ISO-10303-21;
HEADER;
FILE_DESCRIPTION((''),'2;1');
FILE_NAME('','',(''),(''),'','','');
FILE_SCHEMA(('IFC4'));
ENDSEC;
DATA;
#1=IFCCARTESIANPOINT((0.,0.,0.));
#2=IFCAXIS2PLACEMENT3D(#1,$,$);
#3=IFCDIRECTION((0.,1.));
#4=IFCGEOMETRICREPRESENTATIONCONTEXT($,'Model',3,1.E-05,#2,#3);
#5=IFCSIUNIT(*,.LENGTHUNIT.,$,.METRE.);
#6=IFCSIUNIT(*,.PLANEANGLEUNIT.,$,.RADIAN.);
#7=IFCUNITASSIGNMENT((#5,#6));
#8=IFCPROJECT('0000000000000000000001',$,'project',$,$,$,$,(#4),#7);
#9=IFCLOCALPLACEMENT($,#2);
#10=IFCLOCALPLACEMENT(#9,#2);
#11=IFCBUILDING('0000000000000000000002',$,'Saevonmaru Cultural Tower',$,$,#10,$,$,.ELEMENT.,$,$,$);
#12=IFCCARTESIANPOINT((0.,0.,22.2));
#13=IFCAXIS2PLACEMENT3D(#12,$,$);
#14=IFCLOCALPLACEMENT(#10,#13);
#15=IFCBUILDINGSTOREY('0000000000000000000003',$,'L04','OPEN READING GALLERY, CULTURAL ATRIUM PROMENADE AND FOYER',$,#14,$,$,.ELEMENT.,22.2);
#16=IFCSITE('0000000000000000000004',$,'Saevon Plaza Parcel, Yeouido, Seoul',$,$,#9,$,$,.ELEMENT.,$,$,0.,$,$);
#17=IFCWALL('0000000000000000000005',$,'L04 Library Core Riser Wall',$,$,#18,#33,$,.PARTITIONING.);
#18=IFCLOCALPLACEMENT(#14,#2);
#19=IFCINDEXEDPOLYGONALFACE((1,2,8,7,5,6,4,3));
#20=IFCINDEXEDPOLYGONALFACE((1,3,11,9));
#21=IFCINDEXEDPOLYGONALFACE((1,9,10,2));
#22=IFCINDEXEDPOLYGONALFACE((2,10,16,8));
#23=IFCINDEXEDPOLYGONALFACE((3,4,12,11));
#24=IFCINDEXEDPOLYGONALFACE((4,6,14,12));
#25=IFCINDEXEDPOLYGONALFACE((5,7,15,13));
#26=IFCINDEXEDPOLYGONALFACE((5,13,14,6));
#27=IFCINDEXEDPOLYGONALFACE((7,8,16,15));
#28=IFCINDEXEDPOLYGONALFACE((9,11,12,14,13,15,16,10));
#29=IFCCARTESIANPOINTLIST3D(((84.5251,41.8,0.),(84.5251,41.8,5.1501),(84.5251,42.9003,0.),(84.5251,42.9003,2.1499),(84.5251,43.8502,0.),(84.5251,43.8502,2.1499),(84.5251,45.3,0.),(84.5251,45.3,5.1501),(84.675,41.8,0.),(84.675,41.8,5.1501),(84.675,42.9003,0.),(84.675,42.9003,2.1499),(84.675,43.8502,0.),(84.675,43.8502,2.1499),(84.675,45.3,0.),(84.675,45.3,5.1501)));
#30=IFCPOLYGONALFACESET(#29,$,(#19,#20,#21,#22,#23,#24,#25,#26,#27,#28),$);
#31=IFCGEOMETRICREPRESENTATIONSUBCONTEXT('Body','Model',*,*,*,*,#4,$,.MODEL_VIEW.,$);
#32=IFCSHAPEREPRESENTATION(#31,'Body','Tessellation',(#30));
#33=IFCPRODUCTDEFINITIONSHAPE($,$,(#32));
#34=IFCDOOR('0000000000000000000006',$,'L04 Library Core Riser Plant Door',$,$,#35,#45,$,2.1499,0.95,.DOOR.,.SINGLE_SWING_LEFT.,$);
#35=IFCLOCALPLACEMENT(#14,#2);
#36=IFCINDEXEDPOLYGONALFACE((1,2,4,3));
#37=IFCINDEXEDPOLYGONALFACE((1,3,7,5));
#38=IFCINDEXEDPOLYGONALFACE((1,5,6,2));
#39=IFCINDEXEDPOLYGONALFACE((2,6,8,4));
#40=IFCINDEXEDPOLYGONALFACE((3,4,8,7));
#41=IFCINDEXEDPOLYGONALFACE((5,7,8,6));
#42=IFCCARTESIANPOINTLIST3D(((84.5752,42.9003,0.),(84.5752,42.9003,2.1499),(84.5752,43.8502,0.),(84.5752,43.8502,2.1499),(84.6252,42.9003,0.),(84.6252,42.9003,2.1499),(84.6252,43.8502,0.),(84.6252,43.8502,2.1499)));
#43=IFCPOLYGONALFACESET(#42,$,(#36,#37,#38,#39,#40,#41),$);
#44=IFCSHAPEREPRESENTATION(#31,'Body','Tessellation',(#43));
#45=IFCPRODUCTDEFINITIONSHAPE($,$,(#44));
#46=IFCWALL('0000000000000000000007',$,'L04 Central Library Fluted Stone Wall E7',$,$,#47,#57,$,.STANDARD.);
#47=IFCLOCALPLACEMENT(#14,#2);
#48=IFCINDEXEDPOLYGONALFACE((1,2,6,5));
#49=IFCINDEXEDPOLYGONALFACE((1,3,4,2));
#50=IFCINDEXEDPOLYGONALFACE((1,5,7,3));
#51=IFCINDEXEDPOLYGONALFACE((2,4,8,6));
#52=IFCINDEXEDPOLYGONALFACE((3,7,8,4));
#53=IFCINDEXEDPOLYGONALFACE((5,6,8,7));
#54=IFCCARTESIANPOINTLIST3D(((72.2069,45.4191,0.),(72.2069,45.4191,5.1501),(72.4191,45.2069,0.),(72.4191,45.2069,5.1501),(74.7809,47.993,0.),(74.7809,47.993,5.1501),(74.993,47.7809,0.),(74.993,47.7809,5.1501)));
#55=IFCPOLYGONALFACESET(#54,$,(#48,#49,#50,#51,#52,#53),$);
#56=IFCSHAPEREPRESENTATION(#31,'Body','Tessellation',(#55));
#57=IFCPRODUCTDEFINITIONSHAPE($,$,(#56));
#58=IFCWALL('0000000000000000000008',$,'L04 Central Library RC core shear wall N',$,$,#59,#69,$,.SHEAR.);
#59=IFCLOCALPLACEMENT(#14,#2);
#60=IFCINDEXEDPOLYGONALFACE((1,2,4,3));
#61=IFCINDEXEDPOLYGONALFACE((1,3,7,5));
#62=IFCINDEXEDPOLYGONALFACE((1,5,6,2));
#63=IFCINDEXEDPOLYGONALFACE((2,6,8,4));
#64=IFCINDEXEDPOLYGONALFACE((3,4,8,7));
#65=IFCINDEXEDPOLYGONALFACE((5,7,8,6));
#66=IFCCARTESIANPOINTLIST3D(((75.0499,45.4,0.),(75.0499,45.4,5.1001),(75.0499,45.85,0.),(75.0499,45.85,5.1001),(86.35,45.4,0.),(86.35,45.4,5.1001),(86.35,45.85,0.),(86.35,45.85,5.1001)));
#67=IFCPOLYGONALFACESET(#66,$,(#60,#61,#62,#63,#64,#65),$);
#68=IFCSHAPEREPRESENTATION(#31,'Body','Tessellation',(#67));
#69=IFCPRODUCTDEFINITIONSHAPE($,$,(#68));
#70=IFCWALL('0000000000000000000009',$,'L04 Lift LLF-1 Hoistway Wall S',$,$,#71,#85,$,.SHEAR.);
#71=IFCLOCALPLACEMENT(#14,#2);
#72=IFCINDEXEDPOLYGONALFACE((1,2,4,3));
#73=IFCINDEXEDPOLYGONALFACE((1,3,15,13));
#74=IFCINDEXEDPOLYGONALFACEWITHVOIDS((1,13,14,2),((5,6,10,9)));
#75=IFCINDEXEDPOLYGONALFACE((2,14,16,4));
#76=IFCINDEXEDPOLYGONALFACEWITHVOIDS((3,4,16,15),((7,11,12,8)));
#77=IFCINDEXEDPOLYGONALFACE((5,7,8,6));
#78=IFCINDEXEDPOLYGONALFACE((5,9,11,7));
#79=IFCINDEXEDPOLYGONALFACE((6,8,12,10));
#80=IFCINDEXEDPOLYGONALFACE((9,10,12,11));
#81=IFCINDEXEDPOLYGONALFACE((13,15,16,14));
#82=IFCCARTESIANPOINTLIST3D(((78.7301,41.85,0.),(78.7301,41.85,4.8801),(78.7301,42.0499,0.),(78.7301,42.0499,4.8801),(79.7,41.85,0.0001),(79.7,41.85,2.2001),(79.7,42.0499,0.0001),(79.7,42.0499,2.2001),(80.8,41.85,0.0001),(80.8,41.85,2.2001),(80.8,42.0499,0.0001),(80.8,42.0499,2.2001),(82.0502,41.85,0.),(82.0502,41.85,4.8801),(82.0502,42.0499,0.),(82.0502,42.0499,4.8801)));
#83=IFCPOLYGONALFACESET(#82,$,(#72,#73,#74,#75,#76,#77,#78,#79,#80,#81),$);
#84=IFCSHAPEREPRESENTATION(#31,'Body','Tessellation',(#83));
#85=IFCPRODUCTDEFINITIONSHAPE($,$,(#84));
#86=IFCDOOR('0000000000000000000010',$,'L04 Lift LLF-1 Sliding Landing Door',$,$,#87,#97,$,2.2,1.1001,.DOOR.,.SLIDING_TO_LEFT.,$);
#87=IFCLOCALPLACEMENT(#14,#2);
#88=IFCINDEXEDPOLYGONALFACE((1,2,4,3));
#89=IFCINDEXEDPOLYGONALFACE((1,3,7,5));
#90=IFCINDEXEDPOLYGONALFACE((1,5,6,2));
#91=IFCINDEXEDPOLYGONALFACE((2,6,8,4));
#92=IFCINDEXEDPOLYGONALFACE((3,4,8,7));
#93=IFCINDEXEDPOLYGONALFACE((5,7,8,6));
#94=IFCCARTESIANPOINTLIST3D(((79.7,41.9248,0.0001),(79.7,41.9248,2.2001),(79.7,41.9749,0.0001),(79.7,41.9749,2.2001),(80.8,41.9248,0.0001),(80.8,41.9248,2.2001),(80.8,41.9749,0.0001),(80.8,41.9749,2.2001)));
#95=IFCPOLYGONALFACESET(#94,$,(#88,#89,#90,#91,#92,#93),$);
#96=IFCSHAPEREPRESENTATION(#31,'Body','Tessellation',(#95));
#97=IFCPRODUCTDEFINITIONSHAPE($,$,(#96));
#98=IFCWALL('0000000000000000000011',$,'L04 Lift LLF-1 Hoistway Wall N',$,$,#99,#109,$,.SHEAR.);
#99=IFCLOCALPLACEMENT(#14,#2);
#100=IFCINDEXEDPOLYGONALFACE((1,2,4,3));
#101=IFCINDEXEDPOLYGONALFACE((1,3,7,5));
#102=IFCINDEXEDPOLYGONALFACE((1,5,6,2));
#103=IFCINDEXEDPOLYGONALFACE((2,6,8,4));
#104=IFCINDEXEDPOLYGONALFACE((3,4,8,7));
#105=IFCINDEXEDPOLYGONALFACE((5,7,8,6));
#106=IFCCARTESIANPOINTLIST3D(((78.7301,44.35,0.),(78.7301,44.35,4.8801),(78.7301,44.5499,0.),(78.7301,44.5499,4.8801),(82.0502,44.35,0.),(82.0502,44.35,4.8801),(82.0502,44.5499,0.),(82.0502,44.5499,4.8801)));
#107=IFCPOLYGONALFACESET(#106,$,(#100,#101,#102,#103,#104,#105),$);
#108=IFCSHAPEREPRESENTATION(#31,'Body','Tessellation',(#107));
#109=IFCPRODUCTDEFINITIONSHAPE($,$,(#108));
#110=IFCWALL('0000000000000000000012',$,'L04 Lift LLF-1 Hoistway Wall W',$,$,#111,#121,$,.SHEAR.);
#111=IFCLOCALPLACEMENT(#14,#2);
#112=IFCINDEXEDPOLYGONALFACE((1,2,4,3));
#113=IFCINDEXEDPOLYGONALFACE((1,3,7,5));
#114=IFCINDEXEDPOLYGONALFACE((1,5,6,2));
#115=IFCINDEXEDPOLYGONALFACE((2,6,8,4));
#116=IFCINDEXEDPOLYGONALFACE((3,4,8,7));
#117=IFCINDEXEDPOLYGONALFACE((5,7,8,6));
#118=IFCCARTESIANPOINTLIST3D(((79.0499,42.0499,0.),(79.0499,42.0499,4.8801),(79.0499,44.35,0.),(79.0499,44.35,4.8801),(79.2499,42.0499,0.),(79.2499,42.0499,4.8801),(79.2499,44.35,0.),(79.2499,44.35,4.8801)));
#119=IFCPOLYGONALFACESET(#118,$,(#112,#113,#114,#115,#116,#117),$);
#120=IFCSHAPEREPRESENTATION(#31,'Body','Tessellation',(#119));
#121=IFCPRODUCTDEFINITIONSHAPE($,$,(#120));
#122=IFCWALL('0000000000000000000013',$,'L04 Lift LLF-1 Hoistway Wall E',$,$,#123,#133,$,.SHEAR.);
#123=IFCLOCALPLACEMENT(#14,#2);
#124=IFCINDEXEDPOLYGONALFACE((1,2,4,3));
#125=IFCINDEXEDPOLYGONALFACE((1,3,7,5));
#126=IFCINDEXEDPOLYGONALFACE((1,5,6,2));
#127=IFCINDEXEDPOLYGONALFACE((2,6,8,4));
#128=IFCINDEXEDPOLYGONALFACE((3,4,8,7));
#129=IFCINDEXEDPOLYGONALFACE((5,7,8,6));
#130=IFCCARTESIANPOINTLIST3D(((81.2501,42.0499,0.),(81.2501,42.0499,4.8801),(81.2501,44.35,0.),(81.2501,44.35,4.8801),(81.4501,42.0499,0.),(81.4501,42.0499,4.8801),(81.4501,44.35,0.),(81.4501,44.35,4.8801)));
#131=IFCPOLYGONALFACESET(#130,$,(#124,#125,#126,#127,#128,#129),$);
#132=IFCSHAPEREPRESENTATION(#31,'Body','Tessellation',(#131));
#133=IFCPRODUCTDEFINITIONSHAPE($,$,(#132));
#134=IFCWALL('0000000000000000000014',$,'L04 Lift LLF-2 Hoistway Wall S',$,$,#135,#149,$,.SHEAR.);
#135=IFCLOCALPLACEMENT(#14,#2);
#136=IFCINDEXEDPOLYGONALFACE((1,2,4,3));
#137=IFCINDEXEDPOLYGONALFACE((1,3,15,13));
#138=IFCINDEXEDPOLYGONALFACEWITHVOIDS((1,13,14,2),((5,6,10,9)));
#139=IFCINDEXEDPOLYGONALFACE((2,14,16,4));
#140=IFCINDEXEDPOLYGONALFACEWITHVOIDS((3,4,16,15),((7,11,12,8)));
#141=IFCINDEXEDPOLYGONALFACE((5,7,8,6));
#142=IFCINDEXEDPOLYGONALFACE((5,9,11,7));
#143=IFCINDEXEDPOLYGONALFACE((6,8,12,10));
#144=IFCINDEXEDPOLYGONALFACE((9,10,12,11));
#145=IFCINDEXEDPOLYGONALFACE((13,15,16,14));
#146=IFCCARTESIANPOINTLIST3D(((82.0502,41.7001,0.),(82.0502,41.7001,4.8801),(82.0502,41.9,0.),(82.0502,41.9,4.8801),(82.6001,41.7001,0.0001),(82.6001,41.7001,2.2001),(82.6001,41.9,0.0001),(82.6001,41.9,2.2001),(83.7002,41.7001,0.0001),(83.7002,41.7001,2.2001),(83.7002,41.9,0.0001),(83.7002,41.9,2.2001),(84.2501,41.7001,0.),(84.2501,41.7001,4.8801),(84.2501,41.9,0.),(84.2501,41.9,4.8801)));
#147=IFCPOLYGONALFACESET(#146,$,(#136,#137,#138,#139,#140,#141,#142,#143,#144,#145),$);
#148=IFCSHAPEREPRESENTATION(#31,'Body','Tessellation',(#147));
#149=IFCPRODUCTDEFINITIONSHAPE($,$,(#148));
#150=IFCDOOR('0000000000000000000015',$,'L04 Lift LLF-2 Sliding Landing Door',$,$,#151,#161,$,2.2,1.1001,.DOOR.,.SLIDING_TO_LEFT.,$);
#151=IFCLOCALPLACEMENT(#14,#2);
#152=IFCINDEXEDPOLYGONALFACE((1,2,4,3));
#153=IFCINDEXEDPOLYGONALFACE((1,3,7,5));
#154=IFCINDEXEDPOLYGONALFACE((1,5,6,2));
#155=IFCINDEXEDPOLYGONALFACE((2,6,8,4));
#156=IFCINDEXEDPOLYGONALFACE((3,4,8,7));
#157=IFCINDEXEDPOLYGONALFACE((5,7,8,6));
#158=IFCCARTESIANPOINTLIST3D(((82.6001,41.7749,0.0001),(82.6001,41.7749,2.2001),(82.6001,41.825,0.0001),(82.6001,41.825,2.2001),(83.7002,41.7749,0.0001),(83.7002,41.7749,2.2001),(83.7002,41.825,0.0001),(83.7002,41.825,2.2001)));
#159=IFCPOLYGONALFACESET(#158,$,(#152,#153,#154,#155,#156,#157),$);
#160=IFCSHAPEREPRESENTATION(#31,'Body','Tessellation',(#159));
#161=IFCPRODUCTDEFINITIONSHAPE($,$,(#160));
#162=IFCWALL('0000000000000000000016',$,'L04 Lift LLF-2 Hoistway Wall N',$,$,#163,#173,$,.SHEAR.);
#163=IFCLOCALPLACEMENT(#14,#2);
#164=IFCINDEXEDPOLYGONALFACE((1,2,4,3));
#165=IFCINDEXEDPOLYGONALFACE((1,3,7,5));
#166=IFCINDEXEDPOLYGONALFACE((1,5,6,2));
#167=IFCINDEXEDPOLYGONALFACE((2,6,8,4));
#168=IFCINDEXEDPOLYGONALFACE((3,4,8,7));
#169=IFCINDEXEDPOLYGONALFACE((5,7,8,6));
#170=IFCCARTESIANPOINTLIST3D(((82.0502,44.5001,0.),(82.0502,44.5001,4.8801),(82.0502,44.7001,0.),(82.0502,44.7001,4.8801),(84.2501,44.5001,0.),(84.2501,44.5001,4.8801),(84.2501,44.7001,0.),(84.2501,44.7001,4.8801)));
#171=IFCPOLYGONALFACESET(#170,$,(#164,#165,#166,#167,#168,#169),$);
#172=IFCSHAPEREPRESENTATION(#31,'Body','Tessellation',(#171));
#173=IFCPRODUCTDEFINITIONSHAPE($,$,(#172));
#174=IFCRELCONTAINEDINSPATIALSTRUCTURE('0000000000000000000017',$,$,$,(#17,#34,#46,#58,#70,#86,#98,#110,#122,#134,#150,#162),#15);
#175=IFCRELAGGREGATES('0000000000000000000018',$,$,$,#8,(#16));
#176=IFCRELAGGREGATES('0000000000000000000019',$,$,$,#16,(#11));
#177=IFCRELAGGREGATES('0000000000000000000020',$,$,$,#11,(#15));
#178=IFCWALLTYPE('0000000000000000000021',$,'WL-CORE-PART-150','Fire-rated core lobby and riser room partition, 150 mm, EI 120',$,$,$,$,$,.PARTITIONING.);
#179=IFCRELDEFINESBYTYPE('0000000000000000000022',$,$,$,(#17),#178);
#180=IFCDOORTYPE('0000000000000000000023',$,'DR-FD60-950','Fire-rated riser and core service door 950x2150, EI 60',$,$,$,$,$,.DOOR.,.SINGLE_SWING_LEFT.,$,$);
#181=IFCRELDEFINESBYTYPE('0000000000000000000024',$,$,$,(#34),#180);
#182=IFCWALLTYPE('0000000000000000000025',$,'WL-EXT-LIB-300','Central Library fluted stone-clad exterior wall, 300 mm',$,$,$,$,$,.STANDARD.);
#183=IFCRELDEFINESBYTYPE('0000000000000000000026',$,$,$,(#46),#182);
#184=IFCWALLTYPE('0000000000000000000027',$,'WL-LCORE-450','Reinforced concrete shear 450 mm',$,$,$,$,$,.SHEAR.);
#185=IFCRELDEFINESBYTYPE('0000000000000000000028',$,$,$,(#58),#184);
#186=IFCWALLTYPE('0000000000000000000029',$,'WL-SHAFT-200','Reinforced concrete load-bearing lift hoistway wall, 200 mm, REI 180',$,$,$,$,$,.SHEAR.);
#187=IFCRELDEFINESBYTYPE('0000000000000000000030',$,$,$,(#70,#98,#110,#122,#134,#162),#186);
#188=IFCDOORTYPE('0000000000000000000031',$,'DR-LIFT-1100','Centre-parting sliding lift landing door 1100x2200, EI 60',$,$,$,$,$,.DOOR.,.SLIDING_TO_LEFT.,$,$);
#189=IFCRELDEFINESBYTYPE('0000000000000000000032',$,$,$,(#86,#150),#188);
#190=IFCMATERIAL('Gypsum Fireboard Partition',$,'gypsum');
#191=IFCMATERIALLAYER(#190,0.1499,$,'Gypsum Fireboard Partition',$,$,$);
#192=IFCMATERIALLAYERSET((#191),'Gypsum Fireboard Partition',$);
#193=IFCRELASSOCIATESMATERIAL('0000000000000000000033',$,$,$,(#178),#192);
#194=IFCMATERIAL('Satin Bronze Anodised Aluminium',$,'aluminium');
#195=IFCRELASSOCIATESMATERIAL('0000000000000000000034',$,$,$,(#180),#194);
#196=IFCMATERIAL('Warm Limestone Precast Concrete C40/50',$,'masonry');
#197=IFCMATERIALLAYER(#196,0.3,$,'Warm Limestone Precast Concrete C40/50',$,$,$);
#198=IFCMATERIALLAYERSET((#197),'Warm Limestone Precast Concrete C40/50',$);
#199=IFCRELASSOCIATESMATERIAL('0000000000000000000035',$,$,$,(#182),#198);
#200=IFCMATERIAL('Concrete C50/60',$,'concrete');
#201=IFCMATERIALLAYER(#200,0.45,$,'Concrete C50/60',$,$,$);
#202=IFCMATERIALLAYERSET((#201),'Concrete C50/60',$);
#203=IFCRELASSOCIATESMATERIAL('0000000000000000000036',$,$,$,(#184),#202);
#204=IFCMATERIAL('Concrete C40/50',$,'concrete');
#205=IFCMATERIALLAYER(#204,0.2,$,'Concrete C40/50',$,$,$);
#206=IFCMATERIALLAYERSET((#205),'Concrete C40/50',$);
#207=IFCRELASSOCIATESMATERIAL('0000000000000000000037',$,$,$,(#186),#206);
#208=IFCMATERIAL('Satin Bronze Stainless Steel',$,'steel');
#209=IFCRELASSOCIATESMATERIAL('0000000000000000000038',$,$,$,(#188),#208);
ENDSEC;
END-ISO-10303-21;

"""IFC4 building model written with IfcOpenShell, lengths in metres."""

from ifc_helpers import new_model, si_unit, direction, frame, frame_2d, origin, place, context, subcontext, project, spatial, rectangle, extrude, material, layer, layer_set, type_object, element, fill, save


model = new_model("IFC4")

# Units and contexts
model_context = context("Model", 3, precision=1e-05, world=origin(), true_north=direction((0.0, 1.0)))
body_context = subcontext(model_context, "Body", "Model", "MODEL_VIEW")
ifc_project = project(units=[si_unit("LENGTHUNIT", "METRE"), si_unit("PLANEANGLEUNIT", "RADIAN")], contexts=[model_context])

# Site, building, storey
site_placement = place(None, origin())
site = spatial("IfcSite", under=ifc_project, at=site_placement, Name="Saevon Plaza Parcel, Yeouido, Seoul", CompositionType="ELEMENT", RefElevation=0.0)
building_placement = place(site_placement, origin())
building = spatial("IfcBuilding", under=site, at=building_placement, Name="Saevonmaru Cultural Tower", CompositionType="ELEMENT")
storey_placement = place(building_placement, frame((0.0, 0.0, 22.2)))
storey = spatial("IfcBuildingStorey", under=building, at=storey_placement, Name="L04", Description="OPEN READING GALLERY, CULTURAL ATRIUM PROMENADE AND FOYER", CompositionType="ELEMENT", Elevation=22.2)

# Wall, opening, door
ifc_material_1 = material(Name="Gypsum Fireboard Partition", Category="gypsum")
ifc_layer_1 = layer(ifc_material_1, 0.1499, Name="Gypsum Fireboard Partition")
ifc_layer_set_1 = layer_set([ifc_layer_1], Name="Gypsum Fireboard Partition")
wall_type_1 = type_object("IfcWallType", Name="WL-CORE-PART-150", Description="Fire-rated core lobby and riser room partition, 150 mm, EI 120", PredefinedType="PARTITIONING", material=ifc_layer_set_1)
wall_1_placement = place(storey_placement, frame((84.6001, 41.8, 0.0), z_axis=(0.0, 0.0, 1.0), x_axis=(0.0, 1.0, 0.0)))
wall_1 = element("IfcWall", 1, at=wall_1_placement, inside=storey, type_object=wall_type_1, Name="L04 Library Core Riser Wall", PredefinedType="PARTITIONING", context=body_context, shape_type="SweptSolid", body=[
    extrude(rectangle(XDim=3.5, YDim=0.1499, at=frame_2d((1.75, 0.0))), origin(), (0.0, 0.0, 1.0), 5.1501),
])
opening_1_placement = place(wall_1_placement, frame((1.1001, 0.0, 0.0)))
opening_1 = element("IfcOpeningElement", 2, at=opening_1_placement, cuts=wall_1, PredefinedType="OPENING", context=body_context, shape_type="SweptSolid", body=[
    extrude(rectangle(XDim=0.95, YDim=2.1499, at=frame_2d((0.4751, 1.075))), frame((0.0, 0.085, 0.0), z_axis=(0.0, -1.0, 0.0), x_axis=(1.0, 0.0, 0.0)), (0.0, 0.0, 1.0), 0.1699),
])
ifc_material_2 = material(Name="Satin Bronze Anodised Aluminium", Category="aluminium")
door_type_1 = type_object("IfcDoorType", Name="DR-FD60-950", Description="Fire-rated riser and core service door 950x2150, EI 60", OperationType="SINGLE_SWING_LEFT", PredefinedType="DOOR", material=ifc_material_2)
door_1_placement = place(opening_1_placement, origin())
door_1 = element("IfcDoor", 3, at=door_1_placement, inside=storey, type_object=door_type_1, Name="L04 Library Core Riser Plant Door", OperationType="SINGLE_SWING_LEFT", OverallHeight=2.1499, OverallWidth=0.95, PredefinedType="DOOR", context=body_context, shape_type="SweptSolid", body=[
    extrude(rectangle(XDim=0.95, YDim=2.1499, at=frame_2d((0.4751, 1.075))), frame((0.0, 0.0249, 0.0), z_axis=(0.0, -1.0, 0.0), x_axis=(1.0, 0.0, 0.0)), (0.0, 0.0, 1.0), 0.05),
])
fill(opening_1, door_1)

# Walls
ifc_material_3 = material(Name="Warm Limestone Precast Concrete C40/50", Category="masonry")
ifc_layer_2 = layer(ifc_material_3, 0.3, Name="Warm Limestone Precast Concrete C40/50")
ifc_layer_set_2 = layer_set([ifc_layer_2], Name="Warm Limestone Precast Concrete C40/50")
wall_type_2 = type_object("IfcWallType", Name="WL-EXT-LIB-300", Description="Central Library fluted stone-clad exterior wall, 300 mm", PredefinedType="STANDARD", material=ifc_layer_set_2)
wall_2_placement = place(storey_placement, frame((74.887, 47.887, 0.0), z_axis=(0.0, 0.0, 1.0), x_axis=(-0.707107, -0.707107, 0.0)))
element("IfcWall", 4, at=wall_2_placement, inside=storey, type_object=wall_type_2, Name="L04 Central Library Fluted Stone Wall E7", PredefinedType="STANDARD", context=body_context, shape_type="SweptSolid", body=[
    extrude(rectangle(XDim=3.6401, YDim=0.3, at=frame_2d((1.8201, 0.0))), origin(), (0.0, 0.0, 1.0), 5.1501),
])
ifc_material_4 = material(Name="Concrete C50/60", Category="concrete")
ifc_layer_3 = layer(ifc_material_4, 0.45, Name="Concrete C50/60")
ifc_layer_set_3 = layer_set([ifc_layer_3], Name="Concrete C50/60")
wall_type_3 = type_object("IfcWallType", Name="WL-LCORE-450", Description="Reinforced concrete shear 450 mm", PredefinedType="SHEAR", material=ifc_layer_set_3)
wall_3_placement = place(storey_placement, frame((75.05, 45.625, 0.0), z_axis=(0.0, 0.0, 1.0), x_axis=(1.0, 0.0, 0.0)))
element("IfcWall", 5, at=wall_3_placement, inside=storey, type_object=wall_type_3, Name="L04 Central Library RC core shear wall N", PredefinedType="SHEAR", context=body_context, shape_type="SweptSolid", body=[
    extrude(rectangle(XDim=11.3, YDim=0.45, at=frame_2d((5.6499, 0.0))), origin(), (0.0, 0.0, 1.0), 5.1001),
])

# Wall, opening, door
ifc_material_5 = material(Name="Concrete C40/50", Category="concrete")
ifc_layer_4 = layer(ifc_material_5, 0.2, Name="Concrete C40/50")
ifc_layer_set_4 = layer_set([ifc_layer_4], Name="Concrete C40/50")
wall_type_4 = type_object("IfcWallType", Name="WL-SHAFT-200", Description="Reinforced concrete load-bearing lift hoistway wall, 200 mm, REI 180", PredefinedType="SHEAR", material=ifc_layer_set_4)
wall_4_placement = place(storey_placement, frame((78.73, 41.95, 0.0), z_axis=(0.0, 0.0, 1.0), x_axis=(1.0, 0.0, 0.0)))
wall_4 = element("IfcWall", 6, at=wall_4_placement, inside=storey, type_object=wall_type_4, Name="L04 Lift LLF-1 Hoistway Wall S", PredefinedType="SHEAR", context=body_context, shape_type="SweptSolid", body=[
    extrude(rectangle(XDim=3.3201, YDim=0.2, at=frame_2d((1.6602, 0.0))), origin(), (0.0, 0.0, 1.0), 4.8801),
])
opening_2_placement = place(wall_4_placement, frame((0.97, 0.0, 0.0)))
opening_2 = element("IfcOpeningElement", 7, at=opening_2_placement, cuts=wall_4, PredefinedType="OPENING", context=body_context, shape_type="SweptSolid", body=[
    extrude(rectangle(XDim=1.1001, YDim=2.2, at=frame_2d((0.55, 1.1001))), frame((0.0, 0.1099, 0.0), z_axis=(0.0, -1.0, 0.0), x_axis=(1.0, 0.0, 0.0)), (0.0, 0.0, 1.0), 0.22),
])
ifc_material_6 = material(Name="Satin Bronze Stainless Steel", Category="steel")
door_type_2 = type_object("IfcDoorType", Name="DR-LIFT-1100", Description="Centre-parting sliding lift landing door 1100x2200, EI 60", OperationType="SLIDING_TO_LEFT", PredefinedType="DOOR", material=ifc_material_6)
door_2_placement = place(opening_2_placement, origin())
door_2 = element("IfcDoor", 8, at=door_2_placement, inside=storey, type_object=door_type_2, Name="L04 Lift LLF-1 Sliding Landing Door", OperationType="SLIDING_TO_LEFT", OverallHeight=2.2, OverallWidth=1.1001, PredefinedType="DOOR", context=body_context, shape_type="SweptSolid", body=[
    extrude(rectangle(XDim=1.1001, YDim=2.2, at=frame_2d((0.55, 1.1001))), frame((0.0, 0.0249, 0.0), z_axis=(0.0, -1.0, 0.0), x_axis=(1.0, 0.0, 0.0)), (0.0, 0.0, 1.0), 0.05),
])
fill(opening_2, door_2)

# Walls
wall_5_placement = place(storey_placement, frame((78.73, 44.45, 0.0), z_axis=(0.0, 0.0, 1.0), x_axis=(1.0, 0.0, 0.0)))
element("IfcWall", 9, at=wall_5_placement, inside=storey, type_object=wall_type_4, Name="L04 Lift LLF-1 Hoistway Wall N", PredefinedType="SHEAR", context=body_context, shape_type="SweptSolid", body=[
    extrude(rectangle(XDim=3.3201, YDim=0.2, at=frame_2d((1.6602, 0.0))), origin(), (0.0, 0.0, 1.0), 4.8801),
])
for number, where, z_axis, x_axis, name in (
    (10, (79.1499, 42.05, 0.0), (0.0, 0.0, 1.0), (0.0, 1.0, 0.0), "L04 Lift LLF-1 Hoistway Wall W"),
    (11, (81.3501, 42.05, 0.0), (0.0, 0.0, 1.0), (0.0, 1.0, 0.0), "L04 Lift LLF-1 Hoistway Wall E"),
):
    element("IfcWall", number, at=place(storey_placement, frame(where, z_axis=z_axis, x_axis=x_axis)), inside=storey, type_object=wall_type_4, Name=name, PredefinedType="SHEAR", context=body_context, shape_type="SweptSolid", body=[
        extrude(rectangle(XDim=2.3, YDim=0.2, at=frame_2d((1.1499, 0.0))), origin(), (0.0, 0.0, 1.0), 4.8801),
    ])

# Wall, opening, door
wall_6_placement = place(storey_placement, frame((82.05, 41.8, 0.0), z_axis=(0.0, 0.0, 1.0), x_axis=(1.0, 0.0, 0.0)))
wall_6 = element("IfcWall", 12, at=wall_6_placement, inside=storey, type_object=wall_type_4, Name="L04 Lift LLF-2 Hoistway Wall S", PredefinedType="SHEAR", context=body_context, shape_type="SweptSolid", body=[
    extrude(rectangle(XDim=2.2, YDim=0.2, at=frame_2d((1.1001, 0.0))), origin(), (0.0, 0.0, 1.0), 4.8801),
])
opening_3_placement = place(wall_6_placement, frame((0.55, 0.0, 0.0)))
opening_3 = element("IfcOpeningElement", 13, at=opening_3_placement, cuts=wall_6, PredefinedType="OPENING", context=body_context, shape_type="SweptSolid", body=[
    extrude(rectangle(XDim=1.1001, YDim=2.2, at=frame_2d((0.55, 1.1001))), frame((0.0, 0.1099, 0.0), z_axis=(0.0, -1.0, 0.0), x_axis=(1.0, 0.0, 0.0)), (0.0, 0.0, 1.0), 0.22),
])
door_3_placement = place(opening_3_placement, origin())
door_3 = element("IfcDoor", 14, at=door_3_placement, inside=storey, type_object=door_type_2, Name="L04 Lift LLF-2 Sliding Landing Door", OperationType="SLIDING_TO_LEFT", OverallHeight=2.2, OverallWidth=1.1001, PredefinedType="DOOR", context=body_context, shape_type="SweptSolid", body=[
    extrude(rectangle(XDim=1.1001, YDim=2.2, at=frame_2d((0.55, 1.1001))), frame((0.0, 0.0249, 0.0), z_axis=(0.0, -1.0, 0.0), x_axis=(1.0, 0.0, 0.0)), (0.0, 0.0, 1.0), 0.05),
])
fill(opening_3, door_3)

# Wall
wall_7_placement = place(storey_placement, frame((82.05, 44.6001, 0.0), z_axis=(0.0, 0.0, 1.0), x_axis=(1.0, 0.0, 0.0)))
element("IfcWall", 15, at=wall_7_placement, inside=storey, type_object=wall_type_4, Name="L04 Lift LLF-2 Hoistway Wall N", PredefinedType="SHEAR", context=body_context, shape_type="SweptSolid", body=[
    extrude(rectangle(XDim=2.2, YDim=0.2, at=frame_2d((1.1001, 0.0))), origin(), (0.0, 0.0, 1.0), 4.8801),
])

save(model, "model.ifc")
